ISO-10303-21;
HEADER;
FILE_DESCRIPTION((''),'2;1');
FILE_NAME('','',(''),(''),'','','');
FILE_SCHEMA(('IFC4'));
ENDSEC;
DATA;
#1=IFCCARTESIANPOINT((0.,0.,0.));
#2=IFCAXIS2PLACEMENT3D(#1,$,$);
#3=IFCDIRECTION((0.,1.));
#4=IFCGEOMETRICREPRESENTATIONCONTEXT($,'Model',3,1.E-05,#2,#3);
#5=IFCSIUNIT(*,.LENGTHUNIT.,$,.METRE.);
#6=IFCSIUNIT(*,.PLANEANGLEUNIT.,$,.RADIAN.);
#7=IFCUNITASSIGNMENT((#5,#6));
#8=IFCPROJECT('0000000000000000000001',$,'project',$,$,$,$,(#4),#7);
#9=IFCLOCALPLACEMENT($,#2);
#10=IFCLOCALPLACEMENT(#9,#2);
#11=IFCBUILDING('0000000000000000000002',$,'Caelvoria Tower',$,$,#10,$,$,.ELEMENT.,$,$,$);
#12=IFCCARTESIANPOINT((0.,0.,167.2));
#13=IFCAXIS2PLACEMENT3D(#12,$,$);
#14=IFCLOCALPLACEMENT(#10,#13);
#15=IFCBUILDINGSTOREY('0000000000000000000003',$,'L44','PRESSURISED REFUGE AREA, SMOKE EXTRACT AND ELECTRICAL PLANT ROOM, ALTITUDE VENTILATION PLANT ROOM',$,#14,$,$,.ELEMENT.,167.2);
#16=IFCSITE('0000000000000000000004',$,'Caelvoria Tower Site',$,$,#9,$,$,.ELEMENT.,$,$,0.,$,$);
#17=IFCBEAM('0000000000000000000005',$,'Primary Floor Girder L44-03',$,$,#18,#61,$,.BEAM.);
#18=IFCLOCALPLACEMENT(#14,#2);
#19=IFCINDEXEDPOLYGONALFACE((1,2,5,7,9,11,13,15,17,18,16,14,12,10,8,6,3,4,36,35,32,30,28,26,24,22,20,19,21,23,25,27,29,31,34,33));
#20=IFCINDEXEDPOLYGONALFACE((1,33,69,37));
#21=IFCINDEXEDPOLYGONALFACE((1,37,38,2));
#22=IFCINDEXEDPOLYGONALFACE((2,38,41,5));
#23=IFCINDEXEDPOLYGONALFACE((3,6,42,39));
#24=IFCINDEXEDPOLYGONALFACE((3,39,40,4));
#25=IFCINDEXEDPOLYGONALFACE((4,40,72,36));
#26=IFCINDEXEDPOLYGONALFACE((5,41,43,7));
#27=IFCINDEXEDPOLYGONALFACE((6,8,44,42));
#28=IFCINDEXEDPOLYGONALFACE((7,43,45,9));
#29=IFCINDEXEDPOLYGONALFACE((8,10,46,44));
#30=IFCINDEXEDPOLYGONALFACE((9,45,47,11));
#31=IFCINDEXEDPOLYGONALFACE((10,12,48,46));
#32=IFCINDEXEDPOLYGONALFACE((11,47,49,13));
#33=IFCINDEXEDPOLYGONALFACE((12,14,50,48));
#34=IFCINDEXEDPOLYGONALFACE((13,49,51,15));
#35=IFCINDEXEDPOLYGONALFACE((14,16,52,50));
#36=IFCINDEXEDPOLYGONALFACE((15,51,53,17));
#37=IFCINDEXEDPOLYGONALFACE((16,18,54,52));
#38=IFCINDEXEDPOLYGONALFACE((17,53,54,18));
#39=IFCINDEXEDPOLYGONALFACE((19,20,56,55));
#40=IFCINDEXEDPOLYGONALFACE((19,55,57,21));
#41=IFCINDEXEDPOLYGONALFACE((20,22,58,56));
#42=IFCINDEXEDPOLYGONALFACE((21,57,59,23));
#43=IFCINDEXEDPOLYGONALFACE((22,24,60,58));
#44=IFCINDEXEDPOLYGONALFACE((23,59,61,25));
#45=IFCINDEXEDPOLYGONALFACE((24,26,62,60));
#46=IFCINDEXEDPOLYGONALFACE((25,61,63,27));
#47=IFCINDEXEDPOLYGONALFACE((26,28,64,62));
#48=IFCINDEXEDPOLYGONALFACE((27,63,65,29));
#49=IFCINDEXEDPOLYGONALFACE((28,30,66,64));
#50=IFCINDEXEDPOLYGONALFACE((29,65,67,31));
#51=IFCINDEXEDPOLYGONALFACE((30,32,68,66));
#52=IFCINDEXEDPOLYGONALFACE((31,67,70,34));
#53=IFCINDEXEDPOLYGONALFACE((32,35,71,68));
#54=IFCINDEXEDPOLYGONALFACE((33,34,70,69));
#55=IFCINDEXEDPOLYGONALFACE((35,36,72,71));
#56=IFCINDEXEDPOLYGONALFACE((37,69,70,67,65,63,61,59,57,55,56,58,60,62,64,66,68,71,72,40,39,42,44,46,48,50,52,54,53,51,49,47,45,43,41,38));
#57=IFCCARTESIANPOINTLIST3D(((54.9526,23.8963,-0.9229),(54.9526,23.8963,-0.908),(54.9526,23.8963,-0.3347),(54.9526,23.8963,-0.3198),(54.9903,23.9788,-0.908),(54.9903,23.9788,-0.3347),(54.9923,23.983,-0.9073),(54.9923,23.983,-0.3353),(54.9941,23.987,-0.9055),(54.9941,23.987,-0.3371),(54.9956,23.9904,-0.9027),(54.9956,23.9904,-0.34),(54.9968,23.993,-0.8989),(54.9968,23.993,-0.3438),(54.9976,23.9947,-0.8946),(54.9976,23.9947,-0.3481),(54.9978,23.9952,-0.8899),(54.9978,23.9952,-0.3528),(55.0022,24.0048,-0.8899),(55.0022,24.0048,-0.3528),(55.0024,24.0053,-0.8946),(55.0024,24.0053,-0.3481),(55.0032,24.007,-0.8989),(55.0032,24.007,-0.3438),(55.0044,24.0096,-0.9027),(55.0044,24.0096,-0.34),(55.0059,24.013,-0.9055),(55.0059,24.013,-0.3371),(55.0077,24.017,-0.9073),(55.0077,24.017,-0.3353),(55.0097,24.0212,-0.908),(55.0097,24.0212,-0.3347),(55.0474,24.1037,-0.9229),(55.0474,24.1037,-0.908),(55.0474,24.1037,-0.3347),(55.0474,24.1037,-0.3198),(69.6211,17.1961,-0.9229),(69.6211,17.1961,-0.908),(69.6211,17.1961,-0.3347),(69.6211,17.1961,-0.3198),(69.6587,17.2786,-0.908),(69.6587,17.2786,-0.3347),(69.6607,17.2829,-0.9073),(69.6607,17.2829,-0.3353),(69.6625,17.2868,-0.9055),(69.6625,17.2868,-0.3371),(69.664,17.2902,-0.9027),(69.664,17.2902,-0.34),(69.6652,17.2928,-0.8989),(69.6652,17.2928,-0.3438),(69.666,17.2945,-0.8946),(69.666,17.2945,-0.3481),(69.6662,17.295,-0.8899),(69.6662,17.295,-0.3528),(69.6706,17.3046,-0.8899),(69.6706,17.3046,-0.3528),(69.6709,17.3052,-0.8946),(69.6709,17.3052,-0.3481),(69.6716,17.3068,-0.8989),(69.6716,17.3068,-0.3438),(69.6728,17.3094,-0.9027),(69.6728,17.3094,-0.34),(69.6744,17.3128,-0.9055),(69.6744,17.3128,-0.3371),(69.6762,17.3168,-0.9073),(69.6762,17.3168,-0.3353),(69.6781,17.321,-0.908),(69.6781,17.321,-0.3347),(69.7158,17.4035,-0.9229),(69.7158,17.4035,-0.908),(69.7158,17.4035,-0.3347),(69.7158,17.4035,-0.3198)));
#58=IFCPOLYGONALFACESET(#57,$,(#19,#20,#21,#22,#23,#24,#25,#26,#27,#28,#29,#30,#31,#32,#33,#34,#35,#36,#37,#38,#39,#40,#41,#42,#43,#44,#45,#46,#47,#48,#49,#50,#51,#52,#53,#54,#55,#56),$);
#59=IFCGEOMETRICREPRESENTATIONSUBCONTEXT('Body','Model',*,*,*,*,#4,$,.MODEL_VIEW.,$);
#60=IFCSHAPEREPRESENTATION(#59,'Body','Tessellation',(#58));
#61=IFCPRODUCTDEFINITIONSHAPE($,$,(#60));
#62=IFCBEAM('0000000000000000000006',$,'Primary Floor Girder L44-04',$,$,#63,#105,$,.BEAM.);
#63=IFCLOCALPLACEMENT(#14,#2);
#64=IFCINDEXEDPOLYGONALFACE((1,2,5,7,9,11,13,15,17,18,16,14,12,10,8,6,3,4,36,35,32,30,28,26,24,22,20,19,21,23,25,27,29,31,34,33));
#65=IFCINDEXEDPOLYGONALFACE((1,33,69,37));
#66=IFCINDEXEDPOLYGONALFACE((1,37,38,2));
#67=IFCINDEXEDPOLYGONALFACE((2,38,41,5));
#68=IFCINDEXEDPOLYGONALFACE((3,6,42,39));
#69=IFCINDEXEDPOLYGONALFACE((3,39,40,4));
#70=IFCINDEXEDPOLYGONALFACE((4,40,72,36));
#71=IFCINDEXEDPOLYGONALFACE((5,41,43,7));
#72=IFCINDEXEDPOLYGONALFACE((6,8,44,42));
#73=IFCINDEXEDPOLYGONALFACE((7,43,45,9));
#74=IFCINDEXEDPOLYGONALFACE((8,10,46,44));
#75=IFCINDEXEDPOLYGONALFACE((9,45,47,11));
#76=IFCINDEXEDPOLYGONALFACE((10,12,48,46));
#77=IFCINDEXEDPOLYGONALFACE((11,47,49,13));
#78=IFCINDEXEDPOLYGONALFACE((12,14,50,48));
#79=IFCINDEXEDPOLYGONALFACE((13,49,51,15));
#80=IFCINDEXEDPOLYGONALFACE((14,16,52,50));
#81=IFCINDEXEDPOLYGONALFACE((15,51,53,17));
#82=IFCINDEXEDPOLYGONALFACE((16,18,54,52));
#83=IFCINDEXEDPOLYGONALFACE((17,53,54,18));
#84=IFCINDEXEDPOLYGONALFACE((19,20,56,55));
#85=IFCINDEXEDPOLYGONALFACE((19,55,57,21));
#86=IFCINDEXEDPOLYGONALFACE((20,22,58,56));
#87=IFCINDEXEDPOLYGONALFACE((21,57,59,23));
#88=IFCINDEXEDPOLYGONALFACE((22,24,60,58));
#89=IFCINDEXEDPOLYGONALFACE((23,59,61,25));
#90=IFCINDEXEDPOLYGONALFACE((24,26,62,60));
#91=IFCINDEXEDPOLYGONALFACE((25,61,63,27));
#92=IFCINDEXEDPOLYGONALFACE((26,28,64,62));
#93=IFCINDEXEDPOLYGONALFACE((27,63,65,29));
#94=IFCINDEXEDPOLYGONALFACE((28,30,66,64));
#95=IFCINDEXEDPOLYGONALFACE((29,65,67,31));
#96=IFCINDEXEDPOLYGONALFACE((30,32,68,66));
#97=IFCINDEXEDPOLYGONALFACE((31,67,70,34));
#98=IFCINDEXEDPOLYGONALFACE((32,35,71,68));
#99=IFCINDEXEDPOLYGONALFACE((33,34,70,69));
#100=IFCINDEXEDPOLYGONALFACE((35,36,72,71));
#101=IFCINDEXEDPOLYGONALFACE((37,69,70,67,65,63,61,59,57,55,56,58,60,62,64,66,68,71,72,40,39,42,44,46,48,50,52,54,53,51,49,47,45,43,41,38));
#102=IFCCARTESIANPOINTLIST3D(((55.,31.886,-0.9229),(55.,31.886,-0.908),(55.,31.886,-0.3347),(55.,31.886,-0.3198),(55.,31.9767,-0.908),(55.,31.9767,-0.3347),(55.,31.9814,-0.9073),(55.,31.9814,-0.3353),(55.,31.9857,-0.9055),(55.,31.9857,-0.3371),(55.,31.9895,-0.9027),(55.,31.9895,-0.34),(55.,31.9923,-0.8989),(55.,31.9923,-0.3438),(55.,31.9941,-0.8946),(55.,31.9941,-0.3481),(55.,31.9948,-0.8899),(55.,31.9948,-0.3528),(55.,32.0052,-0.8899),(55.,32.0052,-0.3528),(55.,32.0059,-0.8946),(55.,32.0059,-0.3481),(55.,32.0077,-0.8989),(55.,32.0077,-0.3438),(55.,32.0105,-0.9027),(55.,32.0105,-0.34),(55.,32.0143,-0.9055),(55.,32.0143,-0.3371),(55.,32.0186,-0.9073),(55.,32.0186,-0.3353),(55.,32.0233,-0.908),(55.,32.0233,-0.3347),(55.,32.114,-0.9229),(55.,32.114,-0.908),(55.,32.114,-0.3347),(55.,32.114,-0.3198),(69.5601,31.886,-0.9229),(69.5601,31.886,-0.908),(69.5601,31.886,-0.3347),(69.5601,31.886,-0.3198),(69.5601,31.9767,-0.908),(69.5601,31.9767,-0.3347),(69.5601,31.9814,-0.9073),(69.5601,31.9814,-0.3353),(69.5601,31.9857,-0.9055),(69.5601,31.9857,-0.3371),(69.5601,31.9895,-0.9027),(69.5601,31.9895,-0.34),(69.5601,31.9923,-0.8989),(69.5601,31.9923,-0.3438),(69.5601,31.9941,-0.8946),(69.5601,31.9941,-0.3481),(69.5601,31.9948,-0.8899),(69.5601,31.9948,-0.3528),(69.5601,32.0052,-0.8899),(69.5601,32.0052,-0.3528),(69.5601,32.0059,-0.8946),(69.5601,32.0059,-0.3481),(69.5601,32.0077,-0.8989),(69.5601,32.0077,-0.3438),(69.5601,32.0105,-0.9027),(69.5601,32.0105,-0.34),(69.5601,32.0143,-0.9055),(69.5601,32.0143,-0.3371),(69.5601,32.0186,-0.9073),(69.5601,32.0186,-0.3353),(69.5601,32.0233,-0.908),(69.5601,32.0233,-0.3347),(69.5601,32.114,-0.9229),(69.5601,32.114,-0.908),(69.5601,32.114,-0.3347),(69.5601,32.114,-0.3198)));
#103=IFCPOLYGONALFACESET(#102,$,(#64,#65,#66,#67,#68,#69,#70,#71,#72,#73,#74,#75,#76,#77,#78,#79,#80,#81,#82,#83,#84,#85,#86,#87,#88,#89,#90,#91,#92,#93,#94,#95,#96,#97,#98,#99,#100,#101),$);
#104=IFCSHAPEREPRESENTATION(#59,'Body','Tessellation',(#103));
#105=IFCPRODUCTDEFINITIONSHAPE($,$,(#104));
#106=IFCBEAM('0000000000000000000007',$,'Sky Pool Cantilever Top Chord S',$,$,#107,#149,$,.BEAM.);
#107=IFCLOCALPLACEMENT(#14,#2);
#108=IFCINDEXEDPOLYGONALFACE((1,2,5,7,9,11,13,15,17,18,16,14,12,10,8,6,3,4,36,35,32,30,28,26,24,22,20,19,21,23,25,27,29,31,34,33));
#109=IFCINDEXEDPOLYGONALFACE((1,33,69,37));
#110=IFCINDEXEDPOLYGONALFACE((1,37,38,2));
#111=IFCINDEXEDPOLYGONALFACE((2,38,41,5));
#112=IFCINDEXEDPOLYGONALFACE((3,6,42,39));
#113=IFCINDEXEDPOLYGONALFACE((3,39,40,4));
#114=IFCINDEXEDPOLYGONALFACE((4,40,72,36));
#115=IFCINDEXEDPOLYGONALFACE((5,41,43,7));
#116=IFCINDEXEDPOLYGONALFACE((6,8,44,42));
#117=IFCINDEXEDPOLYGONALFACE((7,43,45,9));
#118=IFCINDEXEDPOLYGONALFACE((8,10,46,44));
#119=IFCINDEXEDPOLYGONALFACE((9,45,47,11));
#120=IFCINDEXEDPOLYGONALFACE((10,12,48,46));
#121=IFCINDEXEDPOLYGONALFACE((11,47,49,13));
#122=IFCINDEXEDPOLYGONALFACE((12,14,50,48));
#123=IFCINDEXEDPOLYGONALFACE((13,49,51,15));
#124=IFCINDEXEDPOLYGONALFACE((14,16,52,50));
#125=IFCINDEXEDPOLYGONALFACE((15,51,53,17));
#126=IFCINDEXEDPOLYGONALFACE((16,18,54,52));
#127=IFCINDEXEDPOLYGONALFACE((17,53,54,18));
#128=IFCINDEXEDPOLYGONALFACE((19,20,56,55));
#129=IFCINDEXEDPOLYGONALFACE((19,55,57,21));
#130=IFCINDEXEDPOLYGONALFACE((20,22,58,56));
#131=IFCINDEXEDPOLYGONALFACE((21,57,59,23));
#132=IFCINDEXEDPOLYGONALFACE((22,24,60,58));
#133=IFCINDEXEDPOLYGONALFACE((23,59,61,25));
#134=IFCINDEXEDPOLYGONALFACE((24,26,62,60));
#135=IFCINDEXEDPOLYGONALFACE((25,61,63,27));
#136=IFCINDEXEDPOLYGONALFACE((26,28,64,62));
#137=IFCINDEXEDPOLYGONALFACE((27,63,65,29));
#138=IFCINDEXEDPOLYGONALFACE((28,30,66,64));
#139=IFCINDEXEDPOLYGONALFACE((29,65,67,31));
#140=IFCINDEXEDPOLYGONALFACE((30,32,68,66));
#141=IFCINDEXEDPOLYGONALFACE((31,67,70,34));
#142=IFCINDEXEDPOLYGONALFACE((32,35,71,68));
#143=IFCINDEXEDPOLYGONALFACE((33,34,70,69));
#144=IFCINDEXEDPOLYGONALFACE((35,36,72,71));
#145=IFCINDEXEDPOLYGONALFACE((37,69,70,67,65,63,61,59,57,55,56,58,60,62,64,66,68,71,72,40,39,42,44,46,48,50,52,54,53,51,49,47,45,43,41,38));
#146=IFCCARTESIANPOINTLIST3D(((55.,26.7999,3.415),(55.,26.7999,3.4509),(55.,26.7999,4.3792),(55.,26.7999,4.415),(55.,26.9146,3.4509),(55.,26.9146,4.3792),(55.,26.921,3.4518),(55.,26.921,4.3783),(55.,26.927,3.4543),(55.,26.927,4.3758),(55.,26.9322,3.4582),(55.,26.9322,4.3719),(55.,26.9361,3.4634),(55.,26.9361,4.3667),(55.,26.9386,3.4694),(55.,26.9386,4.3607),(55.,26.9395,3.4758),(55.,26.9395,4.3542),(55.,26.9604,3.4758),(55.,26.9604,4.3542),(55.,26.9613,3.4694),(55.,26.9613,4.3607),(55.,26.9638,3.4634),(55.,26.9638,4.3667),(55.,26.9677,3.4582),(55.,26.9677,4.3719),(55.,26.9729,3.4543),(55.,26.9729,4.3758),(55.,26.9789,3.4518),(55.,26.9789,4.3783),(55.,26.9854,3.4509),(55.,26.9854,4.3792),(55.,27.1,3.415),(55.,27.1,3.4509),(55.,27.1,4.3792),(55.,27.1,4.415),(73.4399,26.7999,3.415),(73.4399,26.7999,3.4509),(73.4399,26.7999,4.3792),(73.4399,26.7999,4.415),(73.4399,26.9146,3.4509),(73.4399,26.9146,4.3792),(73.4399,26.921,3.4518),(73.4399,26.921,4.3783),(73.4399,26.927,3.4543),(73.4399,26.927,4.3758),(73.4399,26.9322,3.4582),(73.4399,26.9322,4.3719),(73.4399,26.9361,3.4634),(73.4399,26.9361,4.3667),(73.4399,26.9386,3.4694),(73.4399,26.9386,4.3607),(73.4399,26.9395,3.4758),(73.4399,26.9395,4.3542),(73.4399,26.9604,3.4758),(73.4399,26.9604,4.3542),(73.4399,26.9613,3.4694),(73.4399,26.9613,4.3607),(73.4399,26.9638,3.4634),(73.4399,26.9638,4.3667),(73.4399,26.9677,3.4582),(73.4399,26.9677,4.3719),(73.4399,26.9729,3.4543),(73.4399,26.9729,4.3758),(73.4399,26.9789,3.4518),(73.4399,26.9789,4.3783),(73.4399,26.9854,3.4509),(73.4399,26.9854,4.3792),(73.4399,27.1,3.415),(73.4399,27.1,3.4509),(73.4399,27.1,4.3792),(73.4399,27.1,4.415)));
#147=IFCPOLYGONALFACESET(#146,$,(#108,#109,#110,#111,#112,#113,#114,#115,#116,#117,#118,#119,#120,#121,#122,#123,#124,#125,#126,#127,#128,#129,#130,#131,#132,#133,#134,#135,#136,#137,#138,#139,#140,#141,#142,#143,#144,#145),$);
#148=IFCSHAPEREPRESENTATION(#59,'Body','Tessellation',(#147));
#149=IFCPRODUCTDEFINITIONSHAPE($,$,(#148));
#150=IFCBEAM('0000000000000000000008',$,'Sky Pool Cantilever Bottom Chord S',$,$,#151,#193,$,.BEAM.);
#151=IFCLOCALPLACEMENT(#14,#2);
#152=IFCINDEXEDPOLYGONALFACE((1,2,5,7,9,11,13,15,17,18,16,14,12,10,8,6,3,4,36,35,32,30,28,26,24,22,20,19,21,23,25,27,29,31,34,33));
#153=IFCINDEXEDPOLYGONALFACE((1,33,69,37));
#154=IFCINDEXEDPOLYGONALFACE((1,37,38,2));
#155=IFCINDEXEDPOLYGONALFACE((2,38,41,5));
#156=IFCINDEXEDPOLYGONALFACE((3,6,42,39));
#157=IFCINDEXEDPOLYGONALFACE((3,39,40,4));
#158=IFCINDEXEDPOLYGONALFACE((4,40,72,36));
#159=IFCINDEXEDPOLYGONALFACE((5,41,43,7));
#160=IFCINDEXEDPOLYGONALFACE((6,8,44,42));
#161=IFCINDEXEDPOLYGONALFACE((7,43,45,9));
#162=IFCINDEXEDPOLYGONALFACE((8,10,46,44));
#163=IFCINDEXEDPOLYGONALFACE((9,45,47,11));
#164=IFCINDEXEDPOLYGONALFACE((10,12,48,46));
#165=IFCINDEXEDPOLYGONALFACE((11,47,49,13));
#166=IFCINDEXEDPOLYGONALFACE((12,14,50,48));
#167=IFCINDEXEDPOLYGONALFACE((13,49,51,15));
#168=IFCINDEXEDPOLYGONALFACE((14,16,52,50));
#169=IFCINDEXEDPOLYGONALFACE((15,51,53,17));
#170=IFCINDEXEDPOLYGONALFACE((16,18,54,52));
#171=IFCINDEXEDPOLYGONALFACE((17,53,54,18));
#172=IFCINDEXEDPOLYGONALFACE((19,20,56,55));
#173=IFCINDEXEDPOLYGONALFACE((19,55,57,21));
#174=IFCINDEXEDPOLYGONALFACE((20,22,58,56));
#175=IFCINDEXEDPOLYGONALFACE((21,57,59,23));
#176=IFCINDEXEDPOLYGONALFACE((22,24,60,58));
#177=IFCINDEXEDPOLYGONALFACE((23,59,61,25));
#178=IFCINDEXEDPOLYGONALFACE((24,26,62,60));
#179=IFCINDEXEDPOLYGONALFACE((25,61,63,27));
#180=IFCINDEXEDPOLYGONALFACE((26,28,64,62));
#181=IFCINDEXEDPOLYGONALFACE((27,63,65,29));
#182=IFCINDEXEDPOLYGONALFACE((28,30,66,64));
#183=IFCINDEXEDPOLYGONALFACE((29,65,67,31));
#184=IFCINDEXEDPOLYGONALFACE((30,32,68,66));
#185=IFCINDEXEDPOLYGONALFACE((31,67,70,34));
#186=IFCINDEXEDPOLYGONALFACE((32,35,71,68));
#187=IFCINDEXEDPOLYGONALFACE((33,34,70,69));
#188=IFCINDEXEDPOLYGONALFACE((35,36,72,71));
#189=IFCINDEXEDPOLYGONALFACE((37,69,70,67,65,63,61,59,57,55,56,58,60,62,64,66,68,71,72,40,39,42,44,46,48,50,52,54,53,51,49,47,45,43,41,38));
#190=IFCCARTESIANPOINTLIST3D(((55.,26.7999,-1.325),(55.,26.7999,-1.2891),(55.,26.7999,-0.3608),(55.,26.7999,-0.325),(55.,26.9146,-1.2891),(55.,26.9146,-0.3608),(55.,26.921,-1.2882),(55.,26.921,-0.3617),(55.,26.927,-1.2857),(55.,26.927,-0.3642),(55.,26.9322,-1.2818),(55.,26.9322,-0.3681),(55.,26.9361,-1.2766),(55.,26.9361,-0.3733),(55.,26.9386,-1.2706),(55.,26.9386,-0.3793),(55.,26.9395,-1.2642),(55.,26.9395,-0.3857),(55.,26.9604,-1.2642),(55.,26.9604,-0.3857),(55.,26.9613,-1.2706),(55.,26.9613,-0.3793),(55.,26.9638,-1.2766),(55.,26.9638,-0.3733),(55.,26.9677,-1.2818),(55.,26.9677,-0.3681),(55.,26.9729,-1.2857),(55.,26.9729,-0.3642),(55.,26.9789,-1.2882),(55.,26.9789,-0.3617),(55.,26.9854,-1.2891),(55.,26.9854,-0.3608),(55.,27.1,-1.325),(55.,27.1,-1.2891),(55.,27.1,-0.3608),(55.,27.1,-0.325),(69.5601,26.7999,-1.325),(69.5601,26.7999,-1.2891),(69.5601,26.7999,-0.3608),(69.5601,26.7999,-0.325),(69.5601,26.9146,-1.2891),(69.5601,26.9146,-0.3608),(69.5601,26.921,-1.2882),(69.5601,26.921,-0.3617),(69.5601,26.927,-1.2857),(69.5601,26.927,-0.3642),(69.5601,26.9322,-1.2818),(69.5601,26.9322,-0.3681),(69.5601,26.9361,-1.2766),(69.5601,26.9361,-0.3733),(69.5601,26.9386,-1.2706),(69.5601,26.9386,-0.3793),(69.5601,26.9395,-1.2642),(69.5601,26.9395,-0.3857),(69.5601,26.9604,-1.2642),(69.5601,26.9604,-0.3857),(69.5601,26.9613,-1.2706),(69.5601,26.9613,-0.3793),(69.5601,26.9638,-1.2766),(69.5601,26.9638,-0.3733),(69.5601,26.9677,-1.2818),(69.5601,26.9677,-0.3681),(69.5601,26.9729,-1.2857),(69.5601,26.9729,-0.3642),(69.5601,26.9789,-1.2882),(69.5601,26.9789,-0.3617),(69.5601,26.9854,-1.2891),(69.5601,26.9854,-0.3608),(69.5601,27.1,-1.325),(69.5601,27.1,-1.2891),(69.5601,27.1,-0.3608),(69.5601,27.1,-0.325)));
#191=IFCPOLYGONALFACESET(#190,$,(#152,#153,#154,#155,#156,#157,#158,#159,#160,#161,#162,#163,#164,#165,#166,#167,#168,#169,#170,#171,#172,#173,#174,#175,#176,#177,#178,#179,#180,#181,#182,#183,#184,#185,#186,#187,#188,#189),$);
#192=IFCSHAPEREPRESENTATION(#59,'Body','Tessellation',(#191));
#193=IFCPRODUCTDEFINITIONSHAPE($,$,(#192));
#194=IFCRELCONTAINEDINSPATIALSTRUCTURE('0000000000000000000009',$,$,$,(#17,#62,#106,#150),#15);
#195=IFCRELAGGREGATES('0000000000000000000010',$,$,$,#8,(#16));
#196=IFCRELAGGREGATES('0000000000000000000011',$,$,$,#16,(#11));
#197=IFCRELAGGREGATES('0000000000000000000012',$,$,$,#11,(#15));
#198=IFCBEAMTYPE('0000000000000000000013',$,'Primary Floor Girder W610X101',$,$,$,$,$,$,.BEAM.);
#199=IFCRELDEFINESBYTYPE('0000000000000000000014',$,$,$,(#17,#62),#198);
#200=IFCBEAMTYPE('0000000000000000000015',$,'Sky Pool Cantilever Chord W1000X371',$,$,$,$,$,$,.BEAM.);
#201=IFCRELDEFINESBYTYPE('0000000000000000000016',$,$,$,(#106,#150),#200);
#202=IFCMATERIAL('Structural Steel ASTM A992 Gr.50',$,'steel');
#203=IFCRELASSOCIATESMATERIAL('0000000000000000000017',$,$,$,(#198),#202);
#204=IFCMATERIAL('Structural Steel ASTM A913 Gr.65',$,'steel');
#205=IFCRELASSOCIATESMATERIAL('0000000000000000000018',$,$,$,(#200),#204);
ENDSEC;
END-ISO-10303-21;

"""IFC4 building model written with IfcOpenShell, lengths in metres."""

from ifc_helpers import new_model, si_unit, direction, frame, origin, origin_2d, place, context, subcontext, project, spatial, i_section, extrude, material, material_profile, profile_set, type_object, element, save


model = new_model("IFC4")

# Units and contexts
model_context = context("Model", 3, precision=1e-05, world=origin(), true_north=direction((0.0, 1.0)))
body_context = subcontext(model_context, "Body", "Model", "MODEL_VIEW")
ifc_project = project(units=[si_unit("LENGTHUNIT", "METRE"), si_unit("PLANEANGLEUNIT", "RADIAN")], contexts=[model_context])

# Site, building, storey
site_placement = place(None, origin())
site = spatial("IfcSite", under=ifc_project, at=site_placement, Name="Caelvoria Tower Site", CompositionType="ELEMENT", RefElevation=0.0)
building_placement = place(site_placement, origin())
building = spatial("IfcBuilding", under=site, at=building_placement, Name="Caelvoria Tower", CompositionType="ELEMENT")
storey_placement = place(building_placement, frame((0.0, 0.0, 167.2)))
storey = spatial("IfcBuildingStorey", under=building, at=storey_placement, Name="L44", Description="PRESSURISED REFUGE AREA, SMOKE EXTRACT AND ELECTRICAL PLANT ROOM, ALTITUDE VENTILATION PLANT ROOM", CompositionType="ELEMENT", Elevation=167.2)

# Beams
ifc_material_1 = material(Name="Structural Steel ASTM A992 Gr.50", Category="steel")
ifc_material_profile_1 = material_profile(ifc_material_1, i_section(OverallWidth=0.228, OverallDepth=0.603, WebThickness=0.0105, FlangeThickness=0.0149, FilletRadius=0.0181, at=origin_2d()), Name="Structural Steel ASTM A992 Gr.50")
ifc_profile_set_1 = profile_set([ifc_material_profile_1], Name="W610X101 - Structural Steel ASTM A992 Gr.50")
beam_type_1 = type_object("IfcBeamType", Name="Primary Floor Girder W610X101", PredefinedType="BEAM", material=ifc_profile_set_1)
beam_1_placement = place(storey_placement, frame((55.0, 24.0, -0.6213), z_axis=(0.909601, -0.415484, 0.0), x_axis=(0.415484, 0.909601, 0.0)))
element("IfcBeam", 1, at=beam_1_placement, inside=storey, type_object=beam_type_1, Name="Primary Floor Girder L44-03", PredefinedType="BEAM", context=body_context, shape_type="SweptSolid", body=[
    extrude(i_section(OverallWidth=0.228, OverallDepth=0.603, WebThickness=0.0105, FlangeThickness=0.0149, FilletRadius=0.0181, at=origin_2d()), origin(), (0.0, 0.0, 1.0), 16.1262),
])
beam_2_placement = place(storey_placement, frame((55.0, 32.0, -0.6213), z_axis=(1.0, 0.0, 0.0), x_axis=(0.0, 1.0, 0.0)))
element("IfcBeam", 2, at=beam_2_placement, inside=storey, type_object=beam_type_1, Name="Primary Floor Girder L44-04", PredefinedType="BEAM", context=body_context, shape_type="SweptSolid", body=[
    extrude(i_section(OverallWidth=0.228, OverallDepth=0.603, WebThickness=0.0105, FlangeThickness=0.0149, FilletRadius=0.0181, at=origin_2d()), origin(), (0.0, 0.0, 1.0), 14.5601),
])
ifc_material_2 = material(Name="Structural Steel ASTM A913 Gr.65", Category="steel")
ifc_material_profile_2 = material_profile(ifc_material_2, i_section(OverallWidth=0.3, OverallDepth=1.0, WebThickness=0.021, FlangeThickness=0.0359, FilletRadius=0.0249, at=origin_2d()), Name="Structural Steel ASTM A913 Gr.65")
ifc_profile_set_2 = profile_set([ifc_material_profile_2], Name="W1000X371 - Structural Steel ASTM A913 Gr.65")
beam_type_2 = type_object("IfcBeamType", Name="Sky Pool Cantilever Chord W1000X371", PredefinedType="BEAM", material=ifc_profile_set_2)
beam_3_placement = place(storey_placement, frame((55.0, 26.95, 3.915), z_axis=(1.0, 0.0, 0.0), x_axis=(0.0, 1.0, 0.0)))
element("IfcBeam", 3, at=beam_3_placement, inside=storey, type_object=beam_type_2, Name="Sky Pool Cantilever Top Chord S", PredefinedType="BEAM", context=body_context, shape_type="SweptSolid", body=[
    extrude(i_section(OverallWidth=0.3, OverallDepth=1.0, WebThickness=0.021, FlangeThickness=0.0359, FilletRadius=0.0249, at=origin_2d()), origin(), (0.0, 0.0, 1.0), 18.4399),
])
beam_4_placement = place(storey_placement, frame((55.0, 26.95, -0.825), z_axis=(1.0, 0.0, 0.0), x_axis=(0.0, 1.0, 0.0)))
element("IfcBeam", 4, at=beam_4_placement, inside=storey, type_object=beam_type_2, Name="Sky Pool Cantilever Bottom Chord S", PredefinedType="BEAM", context=body_context, shape_type="SweptSolid", body=[
    extrude(i_section(OverallWidth=0.3, OverallDepth=1.0, WebThickness=0.021, FlangeThickness=0.0359, FilletRadius=0.0249, at=origin_2d()), origin(), (0.0, 0.0, 1.0), 14.5601),
])

save(model, "model.ifc")
